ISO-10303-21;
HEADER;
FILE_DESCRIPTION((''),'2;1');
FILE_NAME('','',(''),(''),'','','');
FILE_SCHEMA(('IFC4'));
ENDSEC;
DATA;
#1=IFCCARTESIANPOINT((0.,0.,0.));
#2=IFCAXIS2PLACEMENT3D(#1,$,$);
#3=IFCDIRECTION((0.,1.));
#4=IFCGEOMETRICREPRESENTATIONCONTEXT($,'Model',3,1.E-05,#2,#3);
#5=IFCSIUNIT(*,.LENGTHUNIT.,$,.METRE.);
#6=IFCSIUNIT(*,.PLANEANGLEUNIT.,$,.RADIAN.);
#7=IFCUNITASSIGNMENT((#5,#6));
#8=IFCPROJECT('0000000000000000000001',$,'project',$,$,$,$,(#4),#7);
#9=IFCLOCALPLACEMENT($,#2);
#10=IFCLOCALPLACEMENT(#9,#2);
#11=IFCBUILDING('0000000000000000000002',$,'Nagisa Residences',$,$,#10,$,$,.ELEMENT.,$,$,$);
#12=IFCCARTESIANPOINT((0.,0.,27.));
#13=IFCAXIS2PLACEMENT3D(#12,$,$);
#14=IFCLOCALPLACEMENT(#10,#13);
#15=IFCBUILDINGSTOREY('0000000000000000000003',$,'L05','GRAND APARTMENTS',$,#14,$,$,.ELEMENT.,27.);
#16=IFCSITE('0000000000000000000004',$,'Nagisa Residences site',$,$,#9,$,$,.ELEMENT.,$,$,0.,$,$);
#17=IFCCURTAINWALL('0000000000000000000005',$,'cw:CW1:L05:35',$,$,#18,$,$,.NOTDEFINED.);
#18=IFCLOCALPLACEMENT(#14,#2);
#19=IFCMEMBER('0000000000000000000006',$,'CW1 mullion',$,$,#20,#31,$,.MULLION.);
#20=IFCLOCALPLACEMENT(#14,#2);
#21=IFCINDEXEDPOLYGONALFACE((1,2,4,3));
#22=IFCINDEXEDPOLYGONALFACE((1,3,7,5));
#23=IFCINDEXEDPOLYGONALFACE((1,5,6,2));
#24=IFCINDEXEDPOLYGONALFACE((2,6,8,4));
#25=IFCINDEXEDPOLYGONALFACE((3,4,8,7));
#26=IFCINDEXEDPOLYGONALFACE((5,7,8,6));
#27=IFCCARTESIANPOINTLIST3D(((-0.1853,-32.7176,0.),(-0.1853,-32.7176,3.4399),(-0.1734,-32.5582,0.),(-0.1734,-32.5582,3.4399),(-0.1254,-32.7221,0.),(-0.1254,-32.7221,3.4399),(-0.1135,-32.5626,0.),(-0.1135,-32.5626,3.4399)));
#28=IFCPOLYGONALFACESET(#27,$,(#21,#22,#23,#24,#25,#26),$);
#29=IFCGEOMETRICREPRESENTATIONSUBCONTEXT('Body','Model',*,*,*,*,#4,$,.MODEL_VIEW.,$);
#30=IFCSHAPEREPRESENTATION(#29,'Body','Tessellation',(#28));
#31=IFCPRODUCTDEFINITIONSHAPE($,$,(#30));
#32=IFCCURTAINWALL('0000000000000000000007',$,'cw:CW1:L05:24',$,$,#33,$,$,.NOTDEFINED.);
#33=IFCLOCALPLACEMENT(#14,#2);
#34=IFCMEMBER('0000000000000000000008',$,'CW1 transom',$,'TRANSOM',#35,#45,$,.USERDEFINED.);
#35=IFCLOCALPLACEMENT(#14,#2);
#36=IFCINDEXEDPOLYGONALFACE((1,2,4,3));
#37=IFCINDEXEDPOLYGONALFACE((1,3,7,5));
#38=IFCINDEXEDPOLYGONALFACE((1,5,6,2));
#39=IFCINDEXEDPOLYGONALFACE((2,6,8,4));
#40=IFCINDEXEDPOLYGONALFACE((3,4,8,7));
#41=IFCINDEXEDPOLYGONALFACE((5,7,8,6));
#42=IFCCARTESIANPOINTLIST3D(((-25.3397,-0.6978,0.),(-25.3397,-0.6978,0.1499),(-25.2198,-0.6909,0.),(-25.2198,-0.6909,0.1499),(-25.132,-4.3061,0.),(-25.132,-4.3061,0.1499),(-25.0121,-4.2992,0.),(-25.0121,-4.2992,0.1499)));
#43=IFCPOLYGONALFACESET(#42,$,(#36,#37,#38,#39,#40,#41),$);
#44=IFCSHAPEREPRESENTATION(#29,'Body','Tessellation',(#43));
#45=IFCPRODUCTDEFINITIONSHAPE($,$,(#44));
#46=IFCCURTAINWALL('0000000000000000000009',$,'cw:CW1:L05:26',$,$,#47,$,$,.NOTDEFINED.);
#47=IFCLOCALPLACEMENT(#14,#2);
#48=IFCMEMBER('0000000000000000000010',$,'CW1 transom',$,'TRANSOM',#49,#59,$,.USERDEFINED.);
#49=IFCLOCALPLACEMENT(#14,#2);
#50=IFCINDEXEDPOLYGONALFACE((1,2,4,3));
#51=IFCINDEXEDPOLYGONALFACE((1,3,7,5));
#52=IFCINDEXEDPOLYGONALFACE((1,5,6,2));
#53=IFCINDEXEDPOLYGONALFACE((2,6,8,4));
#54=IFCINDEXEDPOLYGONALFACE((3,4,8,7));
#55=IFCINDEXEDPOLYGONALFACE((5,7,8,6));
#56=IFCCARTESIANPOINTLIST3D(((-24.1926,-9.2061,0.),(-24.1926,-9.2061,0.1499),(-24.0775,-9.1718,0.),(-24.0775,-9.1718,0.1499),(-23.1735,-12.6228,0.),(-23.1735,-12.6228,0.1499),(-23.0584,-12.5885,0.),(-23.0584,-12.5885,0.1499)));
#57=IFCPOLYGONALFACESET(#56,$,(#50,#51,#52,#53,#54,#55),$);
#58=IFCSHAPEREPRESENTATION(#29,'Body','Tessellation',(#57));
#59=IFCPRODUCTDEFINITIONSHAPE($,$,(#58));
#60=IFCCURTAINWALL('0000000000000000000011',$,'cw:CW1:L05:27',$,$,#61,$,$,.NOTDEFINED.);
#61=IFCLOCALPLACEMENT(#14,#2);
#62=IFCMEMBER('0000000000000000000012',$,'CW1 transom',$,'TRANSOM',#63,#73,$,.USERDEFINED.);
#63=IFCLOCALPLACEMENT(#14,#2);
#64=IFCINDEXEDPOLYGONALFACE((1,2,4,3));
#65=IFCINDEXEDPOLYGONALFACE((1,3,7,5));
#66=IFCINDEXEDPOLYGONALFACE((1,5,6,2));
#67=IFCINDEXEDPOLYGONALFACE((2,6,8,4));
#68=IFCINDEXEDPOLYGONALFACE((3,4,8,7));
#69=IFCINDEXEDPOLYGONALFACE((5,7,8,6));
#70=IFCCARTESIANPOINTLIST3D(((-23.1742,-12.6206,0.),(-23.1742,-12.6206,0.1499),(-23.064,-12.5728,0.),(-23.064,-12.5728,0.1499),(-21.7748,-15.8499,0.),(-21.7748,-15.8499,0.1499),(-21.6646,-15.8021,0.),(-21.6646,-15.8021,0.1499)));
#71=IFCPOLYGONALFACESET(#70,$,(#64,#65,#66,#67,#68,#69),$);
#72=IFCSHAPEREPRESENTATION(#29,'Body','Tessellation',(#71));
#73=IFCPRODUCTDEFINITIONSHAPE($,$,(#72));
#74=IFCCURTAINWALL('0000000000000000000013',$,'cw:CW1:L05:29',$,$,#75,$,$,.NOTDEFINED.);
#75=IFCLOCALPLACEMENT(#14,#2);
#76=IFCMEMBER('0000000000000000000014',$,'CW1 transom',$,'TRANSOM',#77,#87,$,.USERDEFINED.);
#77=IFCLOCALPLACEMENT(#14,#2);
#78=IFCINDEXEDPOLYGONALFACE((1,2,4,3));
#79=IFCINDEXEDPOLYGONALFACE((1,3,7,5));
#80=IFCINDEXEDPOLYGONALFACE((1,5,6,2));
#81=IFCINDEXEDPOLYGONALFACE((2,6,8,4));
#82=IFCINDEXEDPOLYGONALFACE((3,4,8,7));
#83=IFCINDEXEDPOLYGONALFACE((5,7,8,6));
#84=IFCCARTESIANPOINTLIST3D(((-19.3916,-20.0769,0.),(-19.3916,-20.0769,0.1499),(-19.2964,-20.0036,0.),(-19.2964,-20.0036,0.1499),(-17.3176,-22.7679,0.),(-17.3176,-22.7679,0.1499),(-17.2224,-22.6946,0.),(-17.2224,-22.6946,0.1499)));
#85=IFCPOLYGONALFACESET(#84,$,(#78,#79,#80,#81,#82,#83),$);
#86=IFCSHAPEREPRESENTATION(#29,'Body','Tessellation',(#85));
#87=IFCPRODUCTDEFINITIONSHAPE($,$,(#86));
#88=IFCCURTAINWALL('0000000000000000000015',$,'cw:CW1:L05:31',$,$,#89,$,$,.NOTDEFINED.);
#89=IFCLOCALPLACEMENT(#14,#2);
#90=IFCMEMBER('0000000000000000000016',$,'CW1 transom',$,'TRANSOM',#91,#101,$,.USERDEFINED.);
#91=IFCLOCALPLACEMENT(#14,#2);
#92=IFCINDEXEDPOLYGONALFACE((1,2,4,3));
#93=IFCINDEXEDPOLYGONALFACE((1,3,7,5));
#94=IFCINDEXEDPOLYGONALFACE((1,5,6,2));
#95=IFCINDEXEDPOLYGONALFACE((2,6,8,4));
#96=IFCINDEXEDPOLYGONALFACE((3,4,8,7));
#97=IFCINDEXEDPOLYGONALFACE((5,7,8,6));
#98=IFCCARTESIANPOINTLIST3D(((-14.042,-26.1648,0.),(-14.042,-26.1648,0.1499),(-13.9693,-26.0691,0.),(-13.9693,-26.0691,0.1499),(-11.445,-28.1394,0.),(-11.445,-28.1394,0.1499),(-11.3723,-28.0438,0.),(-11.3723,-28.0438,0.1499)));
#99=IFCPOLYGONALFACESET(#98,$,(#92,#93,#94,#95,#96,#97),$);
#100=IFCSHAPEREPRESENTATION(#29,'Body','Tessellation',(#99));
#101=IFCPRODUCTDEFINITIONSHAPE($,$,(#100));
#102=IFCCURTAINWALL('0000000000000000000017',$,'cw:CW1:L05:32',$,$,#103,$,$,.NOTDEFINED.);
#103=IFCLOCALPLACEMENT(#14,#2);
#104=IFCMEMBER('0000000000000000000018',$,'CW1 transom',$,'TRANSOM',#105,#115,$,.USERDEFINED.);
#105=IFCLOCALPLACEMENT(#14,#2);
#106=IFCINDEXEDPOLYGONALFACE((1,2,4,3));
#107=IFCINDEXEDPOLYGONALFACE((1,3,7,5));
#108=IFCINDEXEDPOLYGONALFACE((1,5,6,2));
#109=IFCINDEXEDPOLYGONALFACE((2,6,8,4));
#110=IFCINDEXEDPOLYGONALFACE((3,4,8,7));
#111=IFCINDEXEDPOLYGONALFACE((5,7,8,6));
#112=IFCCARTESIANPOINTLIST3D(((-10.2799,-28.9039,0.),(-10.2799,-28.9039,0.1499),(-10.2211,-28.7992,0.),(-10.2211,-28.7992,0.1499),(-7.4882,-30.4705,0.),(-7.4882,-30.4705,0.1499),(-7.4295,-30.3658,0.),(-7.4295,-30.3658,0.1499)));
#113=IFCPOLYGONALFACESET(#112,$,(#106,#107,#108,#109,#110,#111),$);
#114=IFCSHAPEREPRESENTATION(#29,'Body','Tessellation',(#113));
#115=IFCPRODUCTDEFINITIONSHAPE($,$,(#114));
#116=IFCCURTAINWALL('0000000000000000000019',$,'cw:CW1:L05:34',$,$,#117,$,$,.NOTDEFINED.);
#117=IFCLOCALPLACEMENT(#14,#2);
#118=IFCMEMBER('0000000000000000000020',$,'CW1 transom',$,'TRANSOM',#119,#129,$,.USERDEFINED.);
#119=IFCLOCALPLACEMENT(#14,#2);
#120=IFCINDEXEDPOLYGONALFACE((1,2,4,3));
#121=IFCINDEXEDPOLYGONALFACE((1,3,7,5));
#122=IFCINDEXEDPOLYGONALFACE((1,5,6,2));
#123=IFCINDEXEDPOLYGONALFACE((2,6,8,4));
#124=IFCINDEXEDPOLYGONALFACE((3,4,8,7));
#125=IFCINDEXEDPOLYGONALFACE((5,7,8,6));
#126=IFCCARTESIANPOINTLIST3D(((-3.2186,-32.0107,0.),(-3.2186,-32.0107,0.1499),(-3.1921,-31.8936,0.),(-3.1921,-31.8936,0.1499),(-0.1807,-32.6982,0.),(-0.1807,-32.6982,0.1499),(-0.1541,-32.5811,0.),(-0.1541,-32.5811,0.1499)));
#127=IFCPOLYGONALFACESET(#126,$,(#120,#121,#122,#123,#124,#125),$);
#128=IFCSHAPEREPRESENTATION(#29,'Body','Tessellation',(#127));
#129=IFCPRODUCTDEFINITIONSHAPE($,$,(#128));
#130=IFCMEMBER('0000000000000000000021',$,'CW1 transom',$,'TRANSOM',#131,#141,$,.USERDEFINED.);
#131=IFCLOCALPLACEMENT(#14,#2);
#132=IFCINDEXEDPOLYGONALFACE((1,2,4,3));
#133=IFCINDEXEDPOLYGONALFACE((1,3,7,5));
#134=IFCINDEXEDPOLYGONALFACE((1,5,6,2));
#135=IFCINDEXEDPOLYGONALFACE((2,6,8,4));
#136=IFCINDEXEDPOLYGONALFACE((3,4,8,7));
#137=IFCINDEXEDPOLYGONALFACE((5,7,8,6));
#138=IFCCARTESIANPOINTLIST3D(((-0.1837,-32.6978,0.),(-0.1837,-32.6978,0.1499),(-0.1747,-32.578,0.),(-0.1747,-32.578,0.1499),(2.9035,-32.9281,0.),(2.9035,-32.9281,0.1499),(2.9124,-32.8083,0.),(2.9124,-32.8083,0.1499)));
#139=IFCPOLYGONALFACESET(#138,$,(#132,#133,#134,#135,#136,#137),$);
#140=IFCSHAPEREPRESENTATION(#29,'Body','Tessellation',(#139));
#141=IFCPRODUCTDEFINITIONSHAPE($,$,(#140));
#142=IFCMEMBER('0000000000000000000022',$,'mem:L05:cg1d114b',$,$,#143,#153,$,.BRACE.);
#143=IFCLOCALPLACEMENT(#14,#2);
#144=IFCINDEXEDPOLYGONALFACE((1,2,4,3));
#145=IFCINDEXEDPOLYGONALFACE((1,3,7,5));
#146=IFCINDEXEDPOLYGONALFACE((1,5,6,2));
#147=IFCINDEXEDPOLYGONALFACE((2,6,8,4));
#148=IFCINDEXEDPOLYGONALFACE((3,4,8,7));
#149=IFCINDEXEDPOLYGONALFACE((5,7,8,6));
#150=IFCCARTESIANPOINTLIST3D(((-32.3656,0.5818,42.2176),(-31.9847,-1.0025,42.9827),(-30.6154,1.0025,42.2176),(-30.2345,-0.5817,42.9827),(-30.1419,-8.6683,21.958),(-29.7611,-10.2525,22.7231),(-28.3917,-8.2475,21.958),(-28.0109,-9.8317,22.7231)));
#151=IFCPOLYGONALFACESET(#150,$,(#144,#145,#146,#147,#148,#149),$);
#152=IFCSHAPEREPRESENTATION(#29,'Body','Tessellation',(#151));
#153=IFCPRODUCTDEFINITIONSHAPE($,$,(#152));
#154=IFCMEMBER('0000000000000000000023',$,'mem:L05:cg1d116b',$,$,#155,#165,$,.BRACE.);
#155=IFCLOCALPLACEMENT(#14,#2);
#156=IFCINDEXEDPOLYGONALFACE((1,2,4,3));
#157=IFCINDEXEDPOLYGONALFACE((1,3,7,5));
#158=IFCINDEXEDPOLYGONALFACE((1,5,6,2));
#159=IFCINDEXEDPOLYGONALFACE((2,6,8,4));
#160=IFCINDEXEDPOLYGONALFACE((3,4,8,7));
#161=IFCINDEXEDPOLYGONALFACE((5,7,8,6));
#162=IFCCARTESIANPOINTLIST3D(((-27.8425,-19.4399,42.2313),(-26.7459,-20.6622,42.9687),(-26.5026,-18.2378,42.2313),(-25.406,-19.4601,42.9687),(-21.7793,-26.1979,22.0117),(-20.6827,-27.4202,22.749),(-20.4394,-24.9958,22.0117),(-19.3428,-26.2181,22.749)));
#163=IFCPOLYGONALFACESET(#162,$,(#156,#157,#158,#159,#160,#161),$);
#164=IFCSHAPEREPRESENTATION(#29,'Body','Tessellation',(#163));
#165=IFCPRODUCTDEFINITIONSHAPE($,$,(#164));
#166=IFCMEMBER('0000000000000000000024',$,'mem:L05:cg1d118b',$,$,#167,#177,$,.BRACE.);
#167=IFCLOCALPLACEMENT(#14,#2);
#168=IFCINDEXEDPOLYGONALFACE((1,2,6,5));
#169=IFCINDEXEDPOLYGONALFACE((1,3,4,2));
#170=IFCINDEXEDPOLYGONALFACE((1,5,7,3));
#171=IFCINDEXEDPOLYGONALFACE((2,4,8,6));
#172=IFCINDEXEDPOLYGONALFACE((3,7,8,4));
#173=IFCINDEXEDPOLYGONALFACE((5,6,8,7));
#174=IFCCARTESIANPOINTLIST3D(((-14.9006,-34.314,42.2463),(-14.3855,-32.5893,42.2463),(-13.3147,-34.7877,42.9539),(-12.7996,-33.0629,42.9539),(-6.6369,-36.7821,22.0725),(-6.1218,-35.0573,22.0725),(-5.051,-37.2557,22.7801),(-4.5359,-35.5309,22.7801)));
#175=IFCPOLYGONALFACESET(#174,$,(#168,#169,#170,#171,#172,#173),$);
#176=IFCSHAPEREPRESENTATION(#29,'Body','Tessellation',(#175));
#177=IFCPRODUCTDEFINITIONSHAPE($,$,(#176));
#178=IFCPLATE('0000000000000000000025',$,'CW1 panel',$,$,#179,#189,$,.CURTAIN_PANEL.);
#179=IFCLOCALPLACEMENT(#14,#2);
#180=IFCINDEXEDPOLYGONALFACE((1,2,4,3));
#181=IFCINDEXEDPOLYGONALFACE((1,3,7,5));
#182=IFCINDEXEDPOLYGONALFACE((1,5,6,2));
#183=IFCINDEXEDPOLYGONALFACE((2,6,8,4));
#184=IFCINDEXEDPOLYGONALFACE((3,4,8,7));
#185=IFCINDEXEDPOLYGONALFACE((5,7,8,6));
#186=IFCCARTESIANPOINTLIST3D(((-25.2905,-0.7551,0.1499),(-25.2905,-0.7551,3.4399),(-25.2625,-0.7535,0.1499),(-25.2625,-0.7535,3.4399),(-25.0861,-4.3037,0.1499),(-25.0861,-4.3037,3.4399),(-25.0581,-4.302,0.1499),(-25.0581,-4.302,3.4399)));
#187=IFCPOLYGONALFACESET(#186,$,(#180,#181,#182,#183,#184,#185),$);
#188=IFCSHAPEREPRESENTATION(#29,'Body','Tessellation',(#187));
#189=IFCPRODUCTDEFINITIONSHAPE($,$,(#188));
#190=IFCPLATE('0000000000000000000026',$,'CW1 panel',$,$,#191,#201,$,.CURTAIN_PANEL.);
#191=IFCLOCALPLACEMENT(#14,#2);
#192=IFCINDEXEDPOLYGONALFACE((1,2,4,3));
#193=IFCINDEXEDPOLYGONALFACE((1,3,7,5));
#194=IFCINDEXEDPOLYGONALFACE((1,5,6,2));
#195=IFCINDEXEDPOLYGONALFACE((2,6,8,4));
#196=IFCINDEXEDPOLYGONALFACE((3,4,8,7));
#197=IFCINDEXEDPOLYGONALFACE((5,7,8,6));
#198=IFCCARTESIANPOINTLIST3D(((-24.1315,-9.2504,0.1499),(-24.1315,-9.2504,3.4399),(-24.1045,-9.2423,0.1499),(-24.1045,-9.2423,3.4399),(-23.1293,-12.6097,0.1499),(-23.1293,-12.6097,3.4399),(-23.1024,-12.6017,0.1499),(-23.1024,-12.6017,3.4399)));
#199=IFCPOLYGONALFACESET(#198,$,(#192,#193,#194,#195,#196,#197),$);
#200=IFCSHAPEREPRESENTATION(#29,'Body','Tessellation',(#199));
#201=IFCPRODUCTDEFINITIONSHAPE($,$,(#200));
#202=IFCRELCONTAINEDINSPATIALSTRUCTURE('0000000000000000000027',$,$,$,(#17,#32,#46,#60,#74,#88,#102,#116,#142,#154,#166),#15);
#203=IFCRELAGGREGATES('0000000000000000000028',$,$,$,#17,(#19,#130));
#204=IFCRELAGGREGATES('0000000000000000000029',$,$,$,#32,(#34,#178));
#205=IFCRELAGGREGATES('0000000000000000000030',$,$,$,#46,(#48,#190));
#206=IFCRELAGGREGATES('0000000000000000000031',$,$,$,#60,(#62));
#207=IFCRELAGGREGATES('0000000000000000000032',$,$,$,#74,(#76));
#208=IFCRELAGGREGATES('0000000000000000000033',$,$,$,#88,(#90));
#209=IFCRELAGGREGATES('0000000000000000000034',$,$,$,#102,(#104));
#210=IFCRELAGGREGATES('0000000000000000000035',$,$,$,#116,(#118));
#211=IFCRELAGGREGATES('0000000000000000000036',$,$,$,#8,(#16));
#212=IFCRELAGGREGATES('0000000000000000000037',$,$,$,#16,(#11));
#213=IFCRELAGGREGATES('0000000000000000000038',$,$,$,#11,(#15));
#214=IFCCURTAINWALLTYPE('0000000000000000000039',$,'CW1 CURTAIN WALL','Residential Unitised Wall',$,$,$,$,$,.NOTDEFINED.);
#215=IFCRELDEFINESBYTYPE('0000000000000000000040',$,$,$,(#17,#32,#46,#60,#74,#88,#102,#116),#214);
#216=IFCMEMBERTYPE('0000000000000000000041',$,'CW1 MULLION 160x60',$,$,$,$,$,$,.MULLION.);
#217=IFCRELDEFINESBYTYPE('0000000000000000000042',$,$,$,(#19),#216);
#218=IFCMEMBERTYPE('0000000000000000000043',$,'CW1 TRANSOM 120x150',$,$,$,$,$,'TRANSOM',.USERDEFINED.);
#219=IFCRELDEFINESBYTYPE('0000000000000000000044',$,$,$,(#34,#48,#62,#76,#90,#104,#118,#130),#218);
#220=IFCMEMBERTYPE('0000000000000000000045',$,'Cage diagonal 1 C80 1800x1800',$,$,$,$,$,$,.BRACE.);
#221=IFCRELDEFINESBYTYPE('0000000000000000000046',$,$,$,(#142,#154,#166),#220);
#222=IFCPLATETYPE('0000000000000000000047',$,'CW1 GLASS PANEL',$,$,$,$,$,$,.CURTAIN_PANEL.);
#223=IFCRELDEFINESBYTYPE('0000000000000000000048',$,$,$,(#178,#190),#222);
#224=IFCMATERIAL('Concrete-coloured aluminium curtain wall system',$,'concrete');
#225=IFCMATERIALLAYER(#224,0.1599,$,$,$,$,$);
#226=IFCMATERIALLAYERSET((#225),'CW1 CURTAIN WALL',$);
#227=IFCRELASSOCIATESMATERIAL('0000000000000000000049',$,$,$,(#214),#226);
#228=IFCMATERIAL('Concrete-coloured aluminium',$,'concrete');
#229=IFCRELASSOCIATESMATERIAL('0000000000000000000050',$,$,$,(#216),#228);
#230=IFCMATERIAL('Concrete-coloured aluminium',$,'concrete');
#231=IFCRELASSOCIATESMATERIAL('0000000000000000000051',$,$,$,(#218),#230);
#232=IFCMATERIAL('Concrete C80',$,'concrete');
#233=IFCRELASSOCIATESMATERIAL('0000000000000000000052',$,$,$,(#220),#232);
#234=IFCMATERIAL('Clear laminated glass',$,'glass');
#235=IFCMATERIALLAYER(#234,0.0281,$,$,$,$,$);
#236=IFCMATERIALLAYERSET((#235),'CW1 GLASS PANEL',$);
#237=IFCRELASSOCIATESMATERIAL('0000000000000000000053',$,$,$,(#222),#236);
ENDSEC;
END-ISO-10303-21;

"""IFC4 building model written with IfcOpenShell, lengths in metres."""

from ifc_helpers import new_model, si_unit, direction, frame, origin, origin_2d, place, context, subcontext, project, spatial, rectangle, extrude, material, layer, layer_set, material_profile, profile_set, type_object, element, aggregate, save


model = new_model("IFC4")

# Units and contexts
model_context = context("Model", 3, precision=1e-05, world=origin(), true_north=direction((0.0, 1.0)))
body_context = subcontext(model_context, "Body", "Model", "MODEL_VIEW")
ifc_project = project(units=[si_unit("LENGTHUNIT", "METRE"), si_unit("PLANEANGLEUNIT", "RADIAN")], contexts=[model_context])

# Site, building, storey
site_placement = place(None, origin())
site = spatial("IfcSite", under=ifc_project, at=site_placement, Name="Nagisa Residences site", CompositionType="ELEMENT", RefElevation=0.0)
building_placement = place(site_placement, origin())
building = spatial("IfcBuilding", under=site, at=building_placement, Name="Nagisa Residences", CompositionType="ELEMENT")
storey_placement = place(building_placement, frame((0.0, 0.0, 27.0)))
storey = spatial("IfcBuildingStorey", under=building, at=storey_placement, Name="L05", Description="GRAND APARTMENTS", CompositionType="ELEMENT", Elevation=27.0)

# Curtain walls, members
ifc_material_1 = material(Name="Concrete-coloured aluminium curtain wall system", Category="concrete")
ifc_layer_1 = layer(ifc_material_1, 0.1599)
ifc_layer_set_1 = layer_set([ifc_layer_1], Name="CW1 CURTAIN WALL")
curtain_wall_type = type_object("IfcCurtainWallType", Name="CW1 CURTAIN WALL", Description="Residential Unitised Wall", PredefinedType="NOTDEFINED", material=ifc_layer_set_1)
curtain_wall_1_placement = place(storey_placement, origin())
curtain_wall_1 = element("IfcCurtainWall", 1, at=curtain_wall_1_placement, inside=storey, type_object=curtain_wall_type, Name="cw:CW1:L05:35", PredefinedType="NOTDEFINED")
ifc_material_2 = material(Name="Concrete-coloured aluminium", Category="concrete")
ifc_material_profile_1 = material_profile(ifc_material_2, rectangle(XDim=0.1599, YDim=0.0601, at=origin_2d()), Name="CW1 MULLION 160x60")
ifc_profile_set_1 = profile_set([ifc_material_profile_1], Name="Concrete-coloured aluminium")
member_type_1 = type_object("IfcMemberType", Name="CW1 MULLION 160x60", PredefinedType="MULLION", material=ifc_profile_set_1)
member_1_placement = place(storey_placement, frame((-0.1494, -32.6401, 0.0), z_axis=(0.0, 0.0, 1.0), x_axis=(0.074377, 0.99723, 0.0)))
member_1 = element("IfcMember", 2, at=member_1_placement, type_object=member_type_1, Name="CW1 mullion", PredefinedType="MULLION", context=body_context, shape_type="SweptSolid", body=[
    extrude(rectangle(XDim=0.1599, YDim=0.0601, at=origin_2d()), origin(), (0.0, 0.0, 1.0), 3.4399),
])
curtain_wall_2_placement = place(storey_placement, origin())
curtain_wall_2 = element("IfcCurtainWall", 3, at=curtain_wall_2_placement, inside=storey, type_object=curtain_wall_type, Name="cw:CW1:L05:24", PredefinedType="NOTDEFINED")
ifc_material_3 = material(Name="Concrete-coloured aluminium", Category="concrete")
ifc_material_profile_2 = material_profile(ifc_material_3, rectangle(XDim=0.1201, YDim=0.1499, at=origin_2d()), Name="CW1 TRANSOM 120x150")
ifc_profile_set_2 = profile_set([ifc_material_profile_2], Name="Concrete-coloured aluminium")
member_type_2 = type_object("IfcMemberType", Name="CW1 TRANSOM 120x150", ElementType="TRANSOM", PredefinedType="USERDEFINED", material=ifc_profile_set_2)
member_2_placement = place(storey_placement, frame((-25.2798, -0.6943, 0.075), z_axis=(0.057483, -0.998347, 0.0), x_axis=(0.998347, 0.057483, 0.0)))
member_2 = element("IfcMember", 4, at=member_2_placement, type_object=member_type_2, Name="CW1 transom", ObjectType="TRANSOM", PredefinedType="USERDEFINED", context=body_context, shape_type="SweptSolid", body=[
    extrude(rectangle(XDim=0.1201, YDim=0.1499, at=origin_2d()), origin(), (0.0, 0.0, 1.0), 3.6143),
])
curtain_wall_3_placement = place(storey_placement, origin())
curtain_wall_3 = element("IfcCurtainWall", 5, at=curtain_wall_3_placement, inside=storey, type_object=curtain_wall_type, Name="cw:CW1:L05:26", PredefinedType="NOTDEFINED")
member_3_placement = place(storey_placement, frame((-24.135, -9.189, 0.075), z_axis=(0.285808, -0.958287, 0.0), x_axis=(0.958287, 0.285808, 0.0)))
member_3 = element("IfcMember", 6, at=member_3_placement, type_object=member_type_2, Name="CW1 transom", ObjectType="TRANSOM", PredefinedType="USERDEFINED", context=body_context, shape_type="SweptSolid", body=[
    extrude(rectangle(XDim=0.1201, YDim=0.1499, at=origin_2d()), origin(), (0.0, 0.0, 1.0), 3.5654),
])
curtain_wall_4_placement = place(storey_placement, origin())
curtain_wall_4 = element("IfcCurtainWall", 7, at=curtain_wall_4_placement, inside=storey, type_object=curtain_wall_type, Name="cw:CW1:L05:27", PredefinedType="NOTDEFINED")
member_4_placement = place(storey_placement, frame((-23.1191, -12.5967, 0.075), z_axis=(0.397625, -0.917548, 0.0), x_axis=(0.917548, 0.397625, 0.0)))
member_4 = element("IfcMember", 8, at=member_4_placement, type_object=member_type_2, Name="CW1 transom", ObjectType="TRANSOM", PredefinedType="USERDEFINED", context=body_context, shape_type="SweptSolid", body=[
    extrude(rectangle(XDim=0.1201, YDim=0.1499, at=origin_2d()), origin(), (0.0, 0.0, 1.0), 3.5195),
])
curtain_wall_5_placement = place(storey_placement, origin())
curtain_wall_5 = element("IfcCurtainWall", 9, at=curtain_wall_5_placement, inside=storey, type_object=curtain_wall_type, Name="cw:CW1:L05:29", PredefinedType="NOTDEFINED")
member_5_placement = place(storey_placement, frame((-19.344, -20.0403, 0.075), z_axis=(0.610457, -0.792049, 0.0), x_axis=(0.792049, 0.610457, 0.0)))
member_5 = element("IfcMember", 10, at=member_5_placement, type_object=member_type_2, Name="CW1 transom", ObjectType="TRANSOM", PredefinedType="USERDEFINED", context=body_context, shape_type="SweptSolid", body=[
    extrude(rectangle(XDim=0.1201, YDim=0.1499, at=origin_2d()), origin(), (0.0, 0.0, 1.0), 3.3975),
])
curtain_wall_6_placement = place(storey_placement, origin())
curtain_wall_6 = element("IfcCurtainWall", 11, at=curtain_wall_6_placement, inside=storey, type_object=curtain_wall_type, Name="cw:CW1:L05:31", PredefinedType="NOTDEFINED")
member_6_placement = place(storey_placement, frame((-14.0056, -26.1169, 0.075), z_axis=(0.796022, -0.605267, 0.0), x_axis=(0.605267, 0.796022, 0.0)))
member_6 = element("IfcMember", 12, at=member_6_placement, type_object=member_type_2, Name="CW1 transom", ObjectType="TRANSOM", PredefinedType="USERDEFINED", context=body_context, shape_type="SweptSolid", body=[
    extrude(rectangle(XDim=0.1201, YDim=0.1499, at=origin_2d()), origin(), (0.0, 0.0, 1.0), 3.2625),
])
curtain_wall_7_placement = place(storey_placement, origin())
curtain_wall_7 = element("IfcCurtainWall", 13, at=curtain_wall_7_placement, inside=storey, type_object=curtain_wall_type, Name="cw:CW1:L05:32", PredefinedType="NOTDEFINED")
member_7_placement = place(storey_placement, frame((-10.2505, -28.8516, 0.075), z_axis=(0.87207, -0.489381, 0.0), x_axis=(0.489381, 0.87207, 0.0)))
member_7 = element("IfcMember", 14, at=member_7_placement, type_object=member_type_2, Name="CW1 transom", ObjectType="TRANSOM", PredefinedType="USERDEFINED", context=body_context, shape_type="SweptSolid", body=[
    extrude(rectangle(XDim=0.1201, YDim=0.1499, at=origin_2d()), origin(), (0.0, 0.0, 1.0), 3.2012),
])
curtain_wall_8_placement = place(storey_placement, origin())
curtain_wall_8 = element("IfcCurtainWall", 15, at=curtain_wall_8_placement, inside=storey, type_object=curtain_wall_type, Name="cw:CW1:L05:34", PredefinedType="NOTDEFINED")
member_8_placement = place(storey_placement, frame((-3.2053, -31.9521, 0.075), z_axis=(0.975335, -0.22073, 0.0), x_axis=(0.22073, 0.975335, 0.0)))
member_8 = element("IfcMember", 16, at=member_8_placement, type_object=member_type_2, Name="CW1 transom", ObjectType="TRANSOM", PredefinedType="USERDEFINED", context=body_context, shape_type="SweptSolid", body=[
    extrude(rectangle(XDim=0.1201, YDim=0.1499, at=origin_2d()), origin(), (0.0, 0.0, 1.0), 3.1147),
])

# Member
member_9_placement = place(storey_placement, frame((-0.1792, -32.6379, 0.075), z_axis=(0.997231, -0.074368, 0.0), x_axis=(0.074368, 0.997231, 0.0)))
member_9 = element("IfcMember", 17, at=member_9_placement, type_object=member_type_2, Name="CW1 transom", ObjectType="TRANSOM", PredefinedType="USERDEFINED", context=body_context, shape_type="SweptSolid", body=[
    extrude(rectangle(XDim=0.1201, YDim=0.1499, at=origin_2d()), origin(), (0.0, 0.0, 1.0), 3.0957),
])
aggregate(curtain_wall_1, [member_1, member_9])

# Members
ifc_material_4 = material(Name="Concrete C80", Category="concrete")
ifc_material_profile_3 = material_profile(ifc_material_4, rectangle(XDim=1.8, YDim=1.8, at=origin_2d()), Name="C80 1800x1800")
ifc_profile_set_3 = profile_set([ifc_material_profile_3], Name="Concrete C80")
member_type_3 = type_object("IfcMemberType", Name="Cage diagonal 1 C80 1800x1800", PredefinedType="BRACE", material=ifc_profile_set_3)
member_10_placement = place(storey_placement, frame((-29.0764, -9.25, 22.3406), z_axis=(-0.099349, 0.413278, 0.905169), x_axis=(-0.972301, -0.233734, 0.0)))
element("IfcMember", 18, at=member_10_placement, inside=storey, type_object=member_type_3, Name="mem:L05:cg1d114b", PredefinedType="BRACE", context=body_context, shape_type="SweptSolid", body=[
    extrude(rectangle(XDim=1.8, YDim=1.8, at=origin_2d()), origin(), (0.0, 0.0, 1.0), 22.3821),
])
member_11_placement = place(storey_placement, frame((-20.561, -26.208, 22.3804), z_axis=(-0.273554, 0.304903, 0.912251), x_axis=(-0.744335, -0.667807, 0.0)))
element("IfcMember", 19, at=member_11_placement, inside=storey, type_object=member_type_3, Name="mem:L05:cg1d116b", PredefinedType="BRACE", context=body_context, shape_type="SweptSolid", body=[
    extrude(rectangle(XDim=1.8, YDim=1.8, at=origin_2d()), origin(), (0.0, 0.0, 1.0), 22.1646),
])
member_12_placement = place(storey_placement, frame((-5.5864, -36.1565, 22.4263), z_axis=(-0.376649, 0.11249, 0.919501), x_axis=(-0.286169, -0.958179, 0.0)))
element("IfcMember", 20, at=member_12_placement, inside=storey, type_object=member_type_3, Name="mem:L05:cg1d118b", PredefinedType="BRACE", context=body_context, shape_type="SweptSolid", body=[
    extrude(rectangle(XDim=1.8, YDim=1.8, at=origin_2d()), origin(), (0.0, 0.0, 1.0), 21.9399),
])

# Plates
ifc_material_5 = material(Name="Clear laminated glass", Category="glass")
ifc_layer_2 = layer(ifc_material_5, 0.0281)
ifc_layer_set_2 = layer_set([ifc_layer_2], Name="CW1 GLASS PANEL")
plate_type = type_object("IfcPlateType", Name="CW1 GLASS PANEL", PredefinedType="CURTAIN_PANEL", material=ifc_layer_set_2)
plate_1_placement = place(storey_placement, frame((-25.1743, -2.5286, 0.1499), z_axis=(0.0, 0.0, 1.0), x_axis=(0.057503, -0.998345, 0.0)))
plate_1 = element("IfcPlate", 21, at=plate_1_placement, type_object=plate_type, Name="CW1 panel", PredefinedType="CURTAIN_PANEL", context=body_context, shape_type="SweptSolid", body=[
    extrude(rectangle(XDim=3.5544, YDim=0.0281, at=origin_2d()), origin(), (0.0, 0.0, 1.0), 3.29),
])
aggregate(curtain_wall_2, [member_2, plate_1])
plate_2_placement = place(storey_placement, frame((-23.6169, -10.926, 0.1499), z_axis=(0.0, 0.0, 1.0), x_axis=(0.28586, -0.958271, 0.0)))
plate_2 = element("IfcPlate", 22, at=plate_2_placement, type_object=plate_type, Name="CW1 panel", PredefinedType="CURTAIN_PANEL", context=body_context, shape_type="SweptSolid", body=[
    extrude(rectangle(XDim=3.5056, YDim=0.0281, at=origin_2d()), origin(), (0.0, 0.0, 1.0), 3.29),
])
aggregate(curtain_wall_3, [member_3, plate_2])
aggregate(curtain_wall_4, [member_4])
aggregate(curtain_wall_5, [member_5])
aggregate(curtain_wall_6, [member_6])
aggregate(curtain_wall_7, [member_7])
aggregate(curtain_wall_8, [member_8])

save(model, "model.ifc")
